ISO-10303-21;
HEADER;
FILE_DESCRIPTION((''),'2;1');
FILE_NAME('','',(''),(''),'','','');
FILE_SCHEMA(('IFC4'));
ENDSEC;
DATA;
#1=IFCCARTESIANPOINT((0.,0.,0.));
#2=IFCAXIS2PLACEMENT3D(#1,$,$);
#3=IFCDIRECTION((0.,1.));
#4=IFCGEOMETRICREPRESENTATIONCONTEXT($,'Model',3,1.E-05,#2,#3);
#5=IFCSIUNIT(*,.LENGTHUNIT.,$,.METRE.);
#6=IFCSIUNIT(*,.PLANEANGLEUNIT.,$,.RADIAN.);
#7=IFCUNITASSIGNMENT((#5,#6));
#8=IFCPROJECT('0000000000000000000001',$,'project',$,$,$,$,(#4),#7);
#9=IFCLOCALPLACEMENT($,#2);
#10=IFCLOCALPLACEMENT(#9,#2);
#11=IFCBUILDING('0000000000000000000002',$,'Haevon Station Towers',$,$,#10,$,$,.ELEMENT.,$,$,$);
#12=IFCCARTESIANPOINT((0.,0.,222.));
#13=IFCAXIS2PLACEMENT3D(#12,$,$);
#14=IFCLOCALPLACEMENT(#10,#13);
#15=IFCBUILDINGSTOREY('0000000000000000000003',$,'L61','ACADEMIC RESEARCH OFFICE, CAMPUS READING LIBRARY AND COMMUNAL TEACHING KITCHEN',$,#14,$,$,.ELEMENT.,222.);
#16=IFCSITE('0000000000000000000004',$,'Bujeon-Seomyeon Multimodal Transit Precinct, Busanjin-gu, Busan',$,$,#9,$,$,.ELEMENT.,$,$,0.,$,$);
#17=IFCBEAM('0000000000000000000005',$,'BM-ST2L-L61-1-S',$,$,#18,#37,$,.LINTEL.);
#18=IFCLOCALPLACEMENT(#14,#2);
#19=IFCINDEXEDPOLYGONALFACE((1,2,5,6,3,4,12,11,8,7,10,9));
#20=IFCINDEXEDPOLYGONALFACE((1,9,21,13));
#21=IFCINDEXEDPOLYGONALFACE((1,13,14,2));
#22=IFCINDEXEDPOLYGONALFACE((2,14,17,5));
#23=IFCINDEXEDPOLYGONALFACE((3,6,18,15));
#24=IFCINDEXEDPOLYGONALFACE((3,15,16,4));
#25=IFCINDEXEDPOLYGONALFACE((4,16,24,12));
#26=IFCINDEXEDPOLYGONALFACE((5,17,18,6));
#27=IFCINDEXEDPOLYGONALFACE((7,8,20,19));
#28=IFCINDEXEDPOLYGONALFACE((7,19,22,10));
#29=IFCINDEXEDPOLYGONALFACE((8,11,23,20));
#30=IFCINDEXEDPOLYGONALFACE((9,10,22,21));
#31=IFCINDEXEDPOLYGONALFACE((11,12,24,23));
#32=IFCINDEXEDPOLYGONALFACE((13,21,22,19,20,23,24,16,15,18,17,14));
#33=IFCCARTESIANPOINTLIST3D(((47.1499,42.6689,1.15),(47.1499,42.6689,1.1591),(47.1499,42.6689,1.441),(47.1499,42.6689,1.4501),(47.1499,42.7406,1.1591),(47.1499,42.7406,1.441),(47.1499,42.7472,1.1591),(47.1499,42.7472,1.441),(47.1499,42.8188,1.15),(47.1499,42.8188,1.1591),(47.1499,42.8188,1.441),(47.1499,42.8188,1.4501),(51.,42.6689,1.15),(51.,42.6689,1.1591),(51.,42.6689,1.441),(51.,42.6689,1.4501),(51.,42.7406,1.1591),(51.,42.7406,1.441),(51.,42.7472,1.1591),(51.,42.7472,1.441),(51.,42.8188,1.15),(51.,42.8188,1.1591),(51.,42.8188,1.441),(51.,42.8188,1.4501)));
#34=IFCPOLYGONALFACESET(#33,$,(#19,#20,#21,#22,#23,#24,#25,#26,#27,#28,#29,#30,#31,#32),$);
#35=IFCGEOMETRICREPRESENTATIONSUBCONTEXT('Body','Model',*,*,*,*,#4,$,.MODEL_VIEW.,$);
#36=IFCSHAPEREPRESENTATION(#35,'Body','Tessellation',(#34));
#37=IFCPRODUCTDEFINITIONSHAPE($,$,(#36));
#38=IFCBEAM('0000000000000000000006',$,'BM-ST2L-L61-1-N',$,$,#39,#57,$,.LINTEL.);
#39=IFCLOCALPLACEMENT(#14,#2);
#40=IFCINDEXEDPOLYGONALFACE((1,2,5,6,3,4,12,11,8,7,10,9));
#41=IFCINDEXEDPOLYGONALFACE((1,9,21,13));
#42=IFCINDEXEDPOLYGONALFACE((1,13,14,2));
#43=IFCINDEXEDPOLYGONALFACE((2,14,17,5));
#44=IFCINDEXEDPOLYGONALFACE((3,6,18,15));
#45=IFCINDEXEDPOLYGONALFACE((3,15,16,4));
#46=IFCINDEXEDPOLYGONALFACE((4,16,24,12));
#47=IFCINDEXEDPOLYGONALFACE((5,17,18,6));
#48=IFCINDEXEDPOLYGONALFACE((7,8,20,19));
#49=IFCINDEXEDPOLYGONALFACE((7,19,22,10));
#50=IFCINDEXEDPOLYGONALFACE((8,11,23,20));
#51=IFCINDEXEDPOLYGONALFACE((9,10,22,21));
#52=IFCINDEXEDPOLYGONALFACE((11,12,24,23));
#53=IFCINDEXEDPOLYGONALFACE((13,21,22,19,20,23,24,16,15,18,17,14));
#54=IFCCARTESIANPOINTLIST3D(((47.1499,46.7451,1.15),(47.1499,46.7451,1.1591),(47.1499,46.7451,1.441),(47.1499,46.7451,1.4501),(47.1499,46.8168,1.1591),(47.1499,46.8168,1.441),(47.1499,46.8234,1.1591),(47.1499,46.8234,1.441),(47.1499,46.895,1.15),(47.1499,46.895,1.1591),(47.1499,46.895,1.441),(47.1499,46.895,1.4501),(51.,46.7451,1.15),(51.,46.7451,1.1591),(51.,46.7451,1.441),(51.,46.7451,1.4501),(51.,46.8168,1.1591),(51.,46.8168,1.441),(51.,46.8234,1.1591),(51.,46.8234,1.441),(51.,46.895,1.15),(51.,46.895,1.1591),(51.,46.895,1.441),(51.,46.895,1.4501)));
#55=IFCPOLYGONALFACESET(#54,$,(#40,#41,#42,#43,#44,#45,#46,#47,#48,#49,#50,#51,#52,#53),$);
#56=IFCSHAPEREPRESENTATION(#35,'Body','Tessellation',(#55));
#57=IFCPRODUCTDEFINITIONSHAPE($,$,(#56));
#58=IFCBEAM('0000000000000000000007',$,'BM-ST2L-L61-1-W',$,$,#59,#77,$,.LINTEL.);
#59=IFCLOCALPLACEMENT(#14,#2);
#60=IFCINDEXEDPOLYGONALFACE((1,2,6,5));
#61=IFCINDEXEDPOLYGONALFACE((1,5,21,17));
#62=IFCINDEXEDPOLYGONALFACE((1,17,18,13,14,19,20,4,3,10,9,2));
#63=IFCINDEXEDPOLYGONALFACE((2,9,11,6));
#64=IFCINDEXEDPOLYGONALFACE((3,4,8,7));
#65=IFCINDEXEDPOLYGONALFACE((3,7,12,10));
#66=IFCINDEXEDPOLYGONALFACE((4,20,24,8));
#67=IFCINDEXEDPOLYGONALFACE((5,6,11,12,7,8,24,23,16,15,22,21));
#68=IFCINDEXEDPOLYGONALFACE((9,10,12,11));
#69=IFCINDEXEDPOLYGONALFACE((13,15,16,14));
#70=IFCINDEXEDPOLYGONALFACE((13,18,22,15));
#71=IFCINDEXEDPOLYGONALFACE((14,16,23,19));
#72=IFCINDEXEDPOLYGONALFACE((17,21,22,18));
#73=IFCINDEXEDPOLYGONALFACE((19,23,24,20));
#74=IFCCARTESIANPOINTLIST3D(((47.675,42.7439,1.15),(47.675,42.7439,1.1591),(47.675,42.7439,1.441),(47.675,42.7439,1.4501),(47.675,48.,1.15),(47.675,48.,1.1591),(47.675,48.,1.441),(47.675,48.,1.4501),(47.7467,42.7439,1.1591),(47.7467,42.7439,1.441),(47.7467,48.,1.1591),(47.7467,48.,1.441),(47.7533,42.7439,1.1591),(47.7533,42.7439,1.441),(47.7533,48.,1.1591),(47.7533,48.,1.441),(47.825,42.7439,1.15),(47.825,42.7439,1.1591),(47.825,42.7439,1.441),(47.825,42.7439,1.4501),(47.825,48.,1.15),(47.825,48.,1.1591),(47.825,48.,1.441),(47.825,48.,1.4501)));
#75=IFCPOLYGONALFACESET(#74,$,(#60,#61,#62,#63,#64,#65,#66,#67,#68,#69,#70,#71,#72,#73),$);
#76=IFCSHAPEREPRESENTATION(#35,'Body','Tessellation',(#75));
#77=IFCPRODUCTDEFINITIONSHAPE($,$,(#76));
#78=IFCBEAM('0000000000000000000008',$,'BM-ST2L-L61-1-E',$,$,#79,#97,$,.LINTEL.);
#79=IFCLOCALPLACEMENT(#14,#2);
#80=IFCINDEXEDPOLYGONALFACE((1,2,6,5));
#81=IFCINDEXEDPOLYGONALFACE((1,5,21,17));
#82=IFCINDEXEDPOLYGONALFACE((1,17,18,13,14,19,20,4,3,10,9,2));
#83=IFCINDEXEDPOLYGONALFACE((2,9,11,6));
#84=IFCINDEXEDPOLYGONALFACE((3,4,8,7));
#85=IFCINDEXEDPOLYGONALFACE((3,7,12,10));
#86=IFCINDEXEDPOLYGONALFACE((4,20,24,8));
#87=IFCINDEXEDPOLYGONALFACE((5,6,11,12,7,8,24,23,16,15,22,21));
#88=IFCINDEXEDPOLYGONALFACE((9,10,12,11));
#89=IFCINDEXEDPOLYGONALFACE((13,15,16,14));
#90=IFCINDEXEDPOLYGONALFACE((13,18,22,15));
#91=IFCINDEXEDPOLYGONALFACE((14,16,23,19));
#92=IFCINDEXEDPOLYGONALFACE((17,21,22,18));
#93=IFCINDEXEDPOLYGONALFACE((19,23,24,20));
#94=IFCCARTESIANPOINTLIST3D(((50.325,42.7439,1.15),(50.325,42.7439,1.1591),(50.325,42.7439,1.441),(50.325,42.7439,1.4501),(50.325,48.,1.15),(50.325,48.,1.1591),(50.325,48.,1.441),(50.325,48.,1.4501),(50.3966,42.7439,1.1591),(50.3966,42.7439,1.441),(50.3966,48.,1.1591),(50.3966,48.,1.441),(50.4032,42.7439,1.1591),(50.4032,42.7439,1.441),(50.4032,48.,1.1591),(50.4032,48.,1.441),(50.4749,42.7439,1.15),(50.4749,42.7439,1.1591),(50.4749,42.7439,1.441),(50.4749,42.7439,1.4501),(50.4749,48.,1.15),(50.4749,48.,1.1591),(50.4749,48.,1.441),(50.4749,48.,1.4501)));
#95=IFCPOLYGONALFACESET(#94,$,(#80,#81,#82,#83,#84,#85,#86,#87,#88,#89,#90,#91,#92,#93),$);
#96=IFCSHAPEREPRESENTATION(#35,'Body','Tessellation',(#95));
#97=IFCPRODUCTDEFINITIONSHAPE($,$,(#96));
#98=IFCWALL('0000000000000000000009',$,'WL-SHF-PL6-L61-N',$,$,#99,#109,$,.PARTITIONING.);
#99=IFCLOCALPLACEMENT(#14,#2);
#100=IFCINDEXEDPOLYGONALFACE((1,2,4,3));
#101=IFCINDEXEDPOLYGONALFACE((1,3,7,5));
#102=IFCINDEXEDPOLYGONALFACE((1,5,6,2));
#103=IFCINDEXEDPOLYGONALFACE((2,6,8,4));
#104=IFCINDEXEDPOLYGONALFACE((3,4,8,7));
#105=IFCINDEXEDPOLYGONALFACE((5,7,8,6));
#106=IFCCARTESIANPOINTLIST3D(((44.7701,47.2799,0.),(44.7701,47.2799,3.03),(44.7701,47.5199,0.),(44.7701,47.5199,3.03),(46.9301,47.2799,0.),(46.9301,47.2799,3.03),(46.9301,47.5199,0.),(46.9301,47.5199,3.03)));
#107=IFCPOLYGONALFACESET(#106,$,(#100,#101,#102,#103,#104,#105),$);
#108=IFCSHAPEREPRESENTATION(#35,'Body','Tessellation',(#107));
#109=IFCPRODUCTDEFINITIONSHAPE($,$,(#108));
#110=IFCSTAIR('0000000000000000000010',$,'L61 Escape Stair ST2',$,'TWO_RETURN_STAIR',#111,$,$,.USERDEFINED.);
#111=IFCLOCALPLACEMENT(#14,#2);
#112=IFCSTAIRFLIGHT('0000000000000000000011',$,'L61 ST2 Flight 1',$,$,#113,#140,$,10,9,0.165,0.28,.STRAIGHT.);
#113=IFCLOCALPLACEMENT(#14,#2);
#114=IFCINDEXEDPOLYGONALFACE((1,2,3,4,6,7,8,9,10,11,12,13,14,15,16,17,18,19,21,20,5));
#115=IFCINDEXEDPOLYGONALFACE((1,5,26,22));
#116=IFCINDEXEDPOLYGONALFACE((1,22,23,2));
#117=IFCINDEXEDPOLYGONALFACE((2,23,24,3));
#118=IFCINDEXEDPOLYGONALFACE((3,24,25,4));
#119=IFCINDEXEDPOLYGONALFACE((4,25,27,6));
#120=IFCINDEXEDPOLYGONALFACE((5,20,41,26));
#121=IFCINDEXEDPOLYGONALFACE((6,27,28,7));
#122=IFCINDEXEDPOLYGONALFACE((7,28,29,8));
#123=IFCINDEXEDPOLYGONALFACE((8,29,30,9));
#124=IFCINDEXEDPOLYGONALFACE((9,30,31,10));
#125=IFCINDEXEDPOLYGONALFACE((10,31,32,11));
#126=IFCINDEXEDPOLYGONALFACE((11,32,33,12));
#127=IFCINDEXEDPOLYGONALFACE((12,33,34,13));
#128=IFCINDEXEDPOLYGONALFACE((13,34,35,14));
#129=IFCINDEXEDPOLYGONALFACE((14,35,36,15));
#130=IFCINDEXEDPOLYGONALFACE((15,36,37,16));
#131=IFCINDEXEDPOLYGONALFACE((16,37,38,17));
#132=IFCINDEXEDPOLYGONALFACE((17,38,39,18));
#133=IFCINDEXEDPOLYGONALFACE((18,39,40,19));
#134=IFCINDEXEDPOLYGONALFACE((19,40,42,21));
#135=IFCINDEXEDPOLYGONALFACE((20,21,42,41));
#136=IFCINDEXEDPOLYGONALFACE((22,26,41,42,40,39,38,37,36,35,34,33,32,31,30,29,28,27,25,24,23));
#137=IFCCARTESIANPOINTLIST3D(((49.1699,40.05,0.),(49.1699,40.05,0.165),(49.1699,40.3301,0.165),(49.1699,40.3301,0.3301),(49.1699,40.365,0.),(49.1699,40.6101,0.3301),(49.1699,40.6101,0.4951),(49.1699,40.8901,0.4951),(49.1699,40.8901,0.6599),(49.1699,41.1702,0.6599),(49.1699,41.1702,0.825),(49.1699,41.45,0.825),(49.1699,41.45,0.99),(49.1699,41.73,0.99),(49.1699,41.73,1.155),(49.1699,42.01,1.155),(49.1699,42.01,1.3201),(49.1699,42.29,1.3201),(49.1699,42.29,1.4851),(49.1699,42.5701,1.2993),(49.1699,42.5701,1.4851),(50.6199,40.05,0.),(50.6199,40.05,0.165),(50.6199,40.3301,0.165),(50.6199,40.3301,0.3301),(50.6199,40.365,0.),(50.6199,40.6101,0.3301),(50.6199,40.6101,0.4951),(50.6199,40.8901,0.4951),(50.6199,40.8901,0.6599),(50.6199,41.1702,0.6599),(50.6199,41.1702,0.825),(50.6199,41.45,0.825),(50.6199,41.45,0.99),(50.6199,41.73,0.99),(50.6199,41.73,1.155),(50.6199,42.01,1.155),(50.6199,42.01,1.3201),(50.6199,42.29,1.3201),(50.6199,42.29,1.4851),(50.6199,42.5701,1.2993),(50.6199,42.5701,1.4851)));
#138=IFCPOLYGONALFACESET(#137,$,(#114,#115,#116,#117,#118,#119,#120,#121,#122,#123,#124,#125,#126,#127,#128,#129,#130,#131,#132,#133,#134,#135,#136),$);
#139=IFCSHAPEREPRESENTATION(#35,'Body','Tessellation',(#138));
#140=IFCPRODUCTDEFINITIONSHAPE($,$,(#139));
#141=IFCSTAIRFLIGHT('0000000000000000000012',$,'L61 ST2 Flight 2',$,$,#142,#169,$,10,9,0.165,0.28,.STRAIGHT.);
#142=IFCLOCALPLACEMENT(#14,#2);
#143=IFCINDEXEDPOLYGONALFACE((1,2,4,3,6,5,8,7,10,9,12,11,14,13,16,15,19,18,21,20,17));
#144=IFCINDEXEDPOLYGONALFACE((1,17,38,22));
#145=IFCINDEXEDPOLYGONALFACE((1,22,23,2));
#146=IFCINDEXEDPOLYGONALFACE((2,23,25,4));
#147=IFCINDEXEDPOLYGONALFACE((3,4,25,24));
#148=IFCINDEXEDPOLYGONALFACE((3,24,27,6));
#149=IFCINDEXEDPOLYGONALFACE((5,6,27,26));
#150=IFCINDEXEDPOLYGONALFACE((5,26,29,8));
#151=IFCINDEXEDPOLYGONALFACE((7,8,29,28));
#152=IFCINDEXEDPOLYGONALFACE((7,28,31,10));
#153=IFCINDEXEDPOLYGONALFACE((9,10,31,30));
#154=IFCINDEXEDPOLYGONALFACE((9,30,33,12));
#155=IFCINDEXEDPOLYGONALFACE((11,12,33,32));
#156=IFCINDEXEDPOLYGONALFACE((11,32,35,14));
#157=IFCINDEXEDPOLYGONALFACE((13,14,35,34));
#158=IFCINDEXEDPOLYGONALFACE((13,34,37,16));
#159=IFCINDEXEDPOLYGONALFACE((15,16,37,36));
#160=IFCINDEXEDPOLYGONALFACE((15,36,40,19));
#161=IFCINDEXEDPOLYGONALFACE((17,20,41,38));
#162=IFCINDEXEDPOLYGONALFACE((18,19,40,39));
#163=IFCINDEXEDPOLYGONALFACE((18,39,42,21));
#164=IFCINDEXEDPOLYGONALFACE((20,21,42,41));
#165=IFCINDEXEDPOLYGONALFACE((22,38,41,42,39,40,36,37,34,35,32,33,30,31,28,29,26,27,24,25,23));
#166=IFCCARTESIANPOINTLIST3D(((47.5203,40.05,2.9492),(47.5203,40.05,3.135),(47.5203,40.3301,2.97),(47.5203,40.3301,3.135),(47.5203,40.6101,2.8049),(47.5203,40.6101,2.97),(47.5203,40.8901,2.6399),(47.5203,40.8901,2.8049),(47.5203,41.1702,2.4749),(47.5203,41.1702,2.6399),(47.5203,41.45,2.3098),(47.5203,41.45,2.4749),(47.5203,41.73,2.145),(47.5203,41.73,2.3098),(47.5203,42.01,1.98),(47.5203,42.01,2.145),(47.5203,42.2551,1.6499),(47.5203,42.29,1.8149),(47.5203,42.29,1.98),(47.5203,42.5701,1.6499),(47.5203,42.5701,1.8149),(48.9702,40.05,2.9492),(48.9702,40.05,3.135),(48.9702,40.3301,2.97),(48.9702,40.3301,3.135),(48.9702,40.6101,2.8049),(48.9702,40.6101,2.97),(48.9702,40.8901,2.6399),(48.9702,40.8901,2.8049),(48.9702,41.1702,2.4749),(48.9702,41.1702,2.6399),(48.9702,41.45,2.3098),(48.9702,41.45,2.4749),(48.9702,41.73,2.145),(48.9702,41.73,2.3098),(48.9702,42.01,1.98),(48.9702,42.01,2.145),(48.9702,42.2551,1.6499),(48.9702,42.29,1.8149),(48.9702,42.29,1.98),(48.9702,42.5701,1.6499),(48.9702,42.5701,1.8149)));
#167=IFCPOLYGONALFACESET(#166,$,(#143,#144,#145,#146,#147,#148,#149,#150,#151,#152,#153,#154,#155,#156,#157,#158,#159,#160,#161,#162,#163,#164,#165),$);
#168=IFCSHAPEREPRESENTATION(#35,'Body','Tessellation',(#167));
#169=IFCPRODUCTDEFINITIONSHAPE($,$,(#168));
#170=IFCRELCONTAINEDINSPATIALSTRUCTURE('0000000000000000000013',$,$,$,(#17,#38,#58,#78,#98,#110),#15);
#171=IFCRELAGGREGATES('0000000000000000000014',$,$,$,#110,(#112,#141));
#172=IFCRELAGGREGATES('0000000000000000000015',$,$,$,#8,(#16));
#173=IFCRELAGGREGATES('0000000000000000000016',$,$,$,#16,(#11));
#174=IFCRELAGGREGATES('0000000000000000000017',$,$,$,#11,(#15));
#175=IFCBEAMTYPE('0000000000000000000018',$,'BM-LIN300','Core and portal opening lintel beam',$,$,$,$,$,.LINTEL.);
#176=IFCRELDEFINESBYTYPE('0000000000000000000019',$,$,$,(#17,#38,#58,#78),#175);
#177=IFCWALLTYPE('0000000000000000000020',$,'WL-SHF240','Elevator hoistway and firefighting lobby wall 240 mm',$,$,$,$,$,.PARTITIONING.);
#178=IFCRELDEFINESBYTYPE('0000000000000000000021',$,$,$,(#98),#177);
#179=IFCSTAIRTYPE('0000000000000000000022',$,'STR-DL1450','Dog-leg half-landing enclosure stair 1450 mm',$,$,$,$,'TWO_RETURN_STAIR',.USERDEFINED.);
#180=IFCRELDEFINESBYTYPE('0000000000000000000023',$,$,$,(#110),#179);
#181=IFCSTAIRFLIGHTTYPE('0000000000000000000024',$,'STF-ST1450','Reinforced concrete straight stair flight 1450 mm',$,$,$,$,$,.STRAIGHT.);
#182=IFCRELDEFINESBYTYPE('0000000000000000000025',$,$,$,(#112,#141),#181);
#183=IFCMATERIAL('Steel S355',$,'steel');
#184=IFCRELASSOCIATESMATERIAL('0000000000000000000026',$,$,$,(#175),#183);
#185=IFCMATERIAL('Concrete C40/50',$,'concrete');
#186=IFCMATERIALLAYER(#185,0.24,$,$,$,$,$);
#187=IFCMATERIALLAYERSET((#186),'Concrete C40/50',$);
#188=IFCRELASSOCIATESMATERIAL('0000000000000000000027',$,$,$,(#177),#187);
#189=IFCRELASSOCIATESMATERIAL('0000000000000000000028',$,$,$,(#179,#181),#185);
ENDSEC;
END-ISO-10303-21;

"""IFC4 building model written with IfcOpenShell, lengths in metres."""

from ifc_helpers import new_model, si_unit, direction, frame, frame_2d, origin, origin_2d, place, context, subcontext, project, spatial, polyline, rectangle, i_section, outline, extrude, material, layer, layer_set, material_profile, profile_set, type_object, element, aggregate, save


model = new_model("IFC4")

# Units and contexts
model_context = context("Model", 3, precision=1e-05, world=origin(), true_north=direction((0.0, 1.0)))
body_context = subcontext(model_context, "Body", "Model", "MODEL_VIEW")
ifc_project = project(units=[si_unit("LENGTHUNIT", "METRE"), si_unit("PLANEANGLEUNIT", "RADIAN")], contexts=[model_context])

# Site, building, storey
site_placement = place(None, origin())
site = spatial("IfcSite", under=ifc_project, at=site_placement, Name="Bujeon-Seomyeon Multimodal Transit Precinct, Busanjin-gu, Busan", CompositionType="ELEMENT", RefElevation=0.0)
building_placement = place(site_placement, origin())
building = spatial("IfcBuilding", under=site, at=building_placement, Name="Haevon Station Towers", CompositionType="ELEMENT")
storey_placement = place(building_placement, frame((0.0, 0.0, 222.0)))
storey = spatial("IfcBuildingStorey", under=building, at=storey_placement, Name="L61", Description="ACADEMIC RESEARCH OFFICE, CAMPUS READING LIBRARY AND COMMUNAL TEACHING KITCHEN", CompositionType="ELEMENT", Elevation=222.0)

# Beams
ifc_material_1 = material(Name="Steel S355", Category="steel")
ifc_material_profile = material_profile(ifc_material_1, i_section(OverallWidth=0.1499, OverallDepth=0.3, WebThickness=0.0066, FlangeThickness=0.009, at=origin_2d()), Name="H-300x150x6.5x9")
ifc_profile_set = profile_set([ifc_material_profile], Name="Steel S355")
beam_type = type_object("IfcBeamType", Name="BM-LIN300", Description="Core and portal opening lintel beam", PredefinedType="LINTEL", material=ifc_profile_set)
for number, where, z_axis, x_axis, name in (
    (1, (47.1499, 42.7439, 1.3), (1.0, 0.0, 0.0), (0.0, 1.0, 0.0), "BM-ST2L-L61-1-S"),
    (2, (47.1499, 46.8201, 1.3), (1.0, 0.0, 0.0), (0.0, 1.0, 0.0), "BM-ST2L-L61-1-N"),
):
    element("IfcBeam", number, at=place(storey_placement, frame(where, z_axis=z_axis, x_axis=x_axis)), inside=storey, type_object=beam_type, Name=name, PredefinedType="LINTEL", context=body_context, shape_type="SweptSolid", body=[
        extrude(i_section(OverallWidth=0.1499, OverallDepth=0.3, WebThickness=0.0066, FlangeThickness=0.009, at=origin_2d()), origin(), (0.0, 0.0, 1.0), 3.8501),
    ])
for number, where, z_axis, x_axis, name in (
    (3, (47.75, 42.7439, 1.3), (0.0, 1.0, 0.0), (-1.0, 0.0, 0.0), "BM-ST2L-L61-1-W"),
    (4, (50.3999, 42.7439, 1.3), (0.0, 1.0, 0.0), (-1.0, 0.0, 0.0), "BM-ST2L-L61-1-E"),
):
    element("IfcBeam", number, at=place(storey_placement, frame(where, z_axis=z_axis, x_axis=x_axis)), inside=storey, type_object=beam_type, Name=name, PredefinedType="LINTEL", context=body_context, shape_type="SweptSolid", body=[
        extrude(i_section(OverallWidth=0.1499, OverallDepth=0.3, WebThickness=0.0066, FlangeThickness=0.009, at=origin_2d()), origin(), (0.0, 0.0, 1.0), 5.2561),
    ])

# Shared definitions
ifc_material_2 = material(Name="Concrete C40/50", Category="concrete")
ifc_layer = layer(ifc_material_2, 0.24)
ifc_layer_set = layer_set([ifc_layer], Name="Concrete C40/50")
wall_type = type_object("IfcWallType", Name="WL-SHF240", Description="Elevator hoistway and firefighting lobby wall 240 mm", PredefinedType="PARTITIONING", material=ifc_layer_set)

# Wall
wall_1_placement = place(storey_placement, frame((44.77, 47.3999, 0.0), z_axis=(0.0, 0.0, 1.0), x_axis=(1.0, 0.0, 0.0)))
element("IfcWall", 5, at=wall_1_placement, inside=storey, type_object=wall_type, Name="WL-SHF-PL6-L61-N", PredefinedType="PARTITIONING", context=body_context, shape_type="SweptSolid", body=[
    extrude(rectangle(XDim=2.1599, YDim=0.24, at=frame_2d((1.0801, 0.0))), origin(), (0.0, 0.0, 1.0), 3.03),
])

# Stair, stair flights
stair_type = type_object("IfcStairType", Name="STR-DL1450", Description="Dog-leg half-landing enclosure stair 1450 mm", ElementType="TWO_RETURN_STAIR", PredefinedType="USERDEFINED", material=ifc_material_2)
stair_placement = place(storey_placement, origin())
stair = element("IfcStair", 6, at=stair_placement, inside=storey, type_object=stair_type, Name="L61 Escape Stair ST2", ObjectType="TWO_RETURN_STAIR", PredefinedType="USERDEFINED")
stair_flight_type = type_object("IfcStairFlightType", Name="STF-ST1450", Description="Reinforced concrete straight stair flight 1450 mm", PredefinedType="STRAIGHT", material=ifc_material_2)
stair_flight_1_placement = place(storey_placement, frame((49.895, 40.05, 0.0), z_axis=(0.0, 0.0, 1.0), x_axis=(0.0, 1.0, 0.0)))
stair_flight_1 = element("IfcStairFlight", 7, at=stair_flight_1_placement, type_object=stair_flight_type, Name="L61 ST2 Flight 1", NumberOfRisers=10, NumberOfTreads=9, PredefinedType="STRAIGHT", RiserHeight=0.165, TreadLength=0.28, context=body_context, shape_type="SweptSolid", body=[
    extrude(outline(polyline([(0.0, 0.0), (0.0, 0.165), (0.28, 0.165), (0.28, 0.3301), (0.5601, 0.3301), (0.5601, 0.4951), (0.8401, 0.4951), (0.8401, 0.6599), (1.1201, 0.6599), (1.1201, 0.825), (1.3999, 0.825), (1.3999, 0.99), (1.6799, 0.99), (1.6799, 1.155), (1.96, 1.155), (1.96, 1.3201), (2.24, 1.3201), (2.24, 1.4851), (2.52, 1.4851), (2.52, 1.6499), (2.52, 1.2993), (0.3149, 0.0), (0.0, 0.0)])), frame((0.0, 0.7251, 0.0), z_axis=(0.0, -1.0, 0.0), x_axis=(1.0, 0.0, 0.0)), (0.0, 0.0, 1.0), 1.45),
])
stair_flight_2_placement = place(storey_placement, frame((48.2451, 42.5701, 1.6499), z_axis=(0.0, 0.0, 1.0), x_axis=(0.0, -1.0, 0.0)))
stair_flight_2 = element("IfcStairFlight", 8, at=stair_flight_2_placement, type_object=stair_flight_type, Name="L61 ST2 Flight 2", NumberOfRisers=10, NumberOfTreads=9, PredefinedType="STRAIGHT", RiserHeight=0.165, TreadLength=0.28, context=body_context, shape_type="SweptSolid", body=[
    extrude(outline(polyline([(0.0, 0.0), (0.0, 0.165), (0.28, 0.165), (0.28, 0.3301), (0.5601, 0.3301), (0.5601, 0.4951), (0.8401, 0.4951), (0.8401, 0.6599), (1.1201, 0.6599), (1.1201, 0.825), (1.3999, 0.825), (1.3999, 0.99), (1.6799, 0.99), (1.6799, 1.155), (1.96, 1.155), (1.96, 1.3201), (2.24, 1.3201), (2.24, 1.4851), (2.52, 1.4851), (2.52, 1.6499), (2.52, 1.2993), (0.3149, 0.0), (0.0, 0.0)])), frame((0.0, 0.7251, 0.0), z_axis=(0.0, -1.0, 0.0), x_axis=(1.0, 0.0, 0.0)), (0.0, 0.0, 1.0), 1.45),
])
aggregate(stair, [stair_flight_1, stair_flight_2])

save(model, "model.ifc")
